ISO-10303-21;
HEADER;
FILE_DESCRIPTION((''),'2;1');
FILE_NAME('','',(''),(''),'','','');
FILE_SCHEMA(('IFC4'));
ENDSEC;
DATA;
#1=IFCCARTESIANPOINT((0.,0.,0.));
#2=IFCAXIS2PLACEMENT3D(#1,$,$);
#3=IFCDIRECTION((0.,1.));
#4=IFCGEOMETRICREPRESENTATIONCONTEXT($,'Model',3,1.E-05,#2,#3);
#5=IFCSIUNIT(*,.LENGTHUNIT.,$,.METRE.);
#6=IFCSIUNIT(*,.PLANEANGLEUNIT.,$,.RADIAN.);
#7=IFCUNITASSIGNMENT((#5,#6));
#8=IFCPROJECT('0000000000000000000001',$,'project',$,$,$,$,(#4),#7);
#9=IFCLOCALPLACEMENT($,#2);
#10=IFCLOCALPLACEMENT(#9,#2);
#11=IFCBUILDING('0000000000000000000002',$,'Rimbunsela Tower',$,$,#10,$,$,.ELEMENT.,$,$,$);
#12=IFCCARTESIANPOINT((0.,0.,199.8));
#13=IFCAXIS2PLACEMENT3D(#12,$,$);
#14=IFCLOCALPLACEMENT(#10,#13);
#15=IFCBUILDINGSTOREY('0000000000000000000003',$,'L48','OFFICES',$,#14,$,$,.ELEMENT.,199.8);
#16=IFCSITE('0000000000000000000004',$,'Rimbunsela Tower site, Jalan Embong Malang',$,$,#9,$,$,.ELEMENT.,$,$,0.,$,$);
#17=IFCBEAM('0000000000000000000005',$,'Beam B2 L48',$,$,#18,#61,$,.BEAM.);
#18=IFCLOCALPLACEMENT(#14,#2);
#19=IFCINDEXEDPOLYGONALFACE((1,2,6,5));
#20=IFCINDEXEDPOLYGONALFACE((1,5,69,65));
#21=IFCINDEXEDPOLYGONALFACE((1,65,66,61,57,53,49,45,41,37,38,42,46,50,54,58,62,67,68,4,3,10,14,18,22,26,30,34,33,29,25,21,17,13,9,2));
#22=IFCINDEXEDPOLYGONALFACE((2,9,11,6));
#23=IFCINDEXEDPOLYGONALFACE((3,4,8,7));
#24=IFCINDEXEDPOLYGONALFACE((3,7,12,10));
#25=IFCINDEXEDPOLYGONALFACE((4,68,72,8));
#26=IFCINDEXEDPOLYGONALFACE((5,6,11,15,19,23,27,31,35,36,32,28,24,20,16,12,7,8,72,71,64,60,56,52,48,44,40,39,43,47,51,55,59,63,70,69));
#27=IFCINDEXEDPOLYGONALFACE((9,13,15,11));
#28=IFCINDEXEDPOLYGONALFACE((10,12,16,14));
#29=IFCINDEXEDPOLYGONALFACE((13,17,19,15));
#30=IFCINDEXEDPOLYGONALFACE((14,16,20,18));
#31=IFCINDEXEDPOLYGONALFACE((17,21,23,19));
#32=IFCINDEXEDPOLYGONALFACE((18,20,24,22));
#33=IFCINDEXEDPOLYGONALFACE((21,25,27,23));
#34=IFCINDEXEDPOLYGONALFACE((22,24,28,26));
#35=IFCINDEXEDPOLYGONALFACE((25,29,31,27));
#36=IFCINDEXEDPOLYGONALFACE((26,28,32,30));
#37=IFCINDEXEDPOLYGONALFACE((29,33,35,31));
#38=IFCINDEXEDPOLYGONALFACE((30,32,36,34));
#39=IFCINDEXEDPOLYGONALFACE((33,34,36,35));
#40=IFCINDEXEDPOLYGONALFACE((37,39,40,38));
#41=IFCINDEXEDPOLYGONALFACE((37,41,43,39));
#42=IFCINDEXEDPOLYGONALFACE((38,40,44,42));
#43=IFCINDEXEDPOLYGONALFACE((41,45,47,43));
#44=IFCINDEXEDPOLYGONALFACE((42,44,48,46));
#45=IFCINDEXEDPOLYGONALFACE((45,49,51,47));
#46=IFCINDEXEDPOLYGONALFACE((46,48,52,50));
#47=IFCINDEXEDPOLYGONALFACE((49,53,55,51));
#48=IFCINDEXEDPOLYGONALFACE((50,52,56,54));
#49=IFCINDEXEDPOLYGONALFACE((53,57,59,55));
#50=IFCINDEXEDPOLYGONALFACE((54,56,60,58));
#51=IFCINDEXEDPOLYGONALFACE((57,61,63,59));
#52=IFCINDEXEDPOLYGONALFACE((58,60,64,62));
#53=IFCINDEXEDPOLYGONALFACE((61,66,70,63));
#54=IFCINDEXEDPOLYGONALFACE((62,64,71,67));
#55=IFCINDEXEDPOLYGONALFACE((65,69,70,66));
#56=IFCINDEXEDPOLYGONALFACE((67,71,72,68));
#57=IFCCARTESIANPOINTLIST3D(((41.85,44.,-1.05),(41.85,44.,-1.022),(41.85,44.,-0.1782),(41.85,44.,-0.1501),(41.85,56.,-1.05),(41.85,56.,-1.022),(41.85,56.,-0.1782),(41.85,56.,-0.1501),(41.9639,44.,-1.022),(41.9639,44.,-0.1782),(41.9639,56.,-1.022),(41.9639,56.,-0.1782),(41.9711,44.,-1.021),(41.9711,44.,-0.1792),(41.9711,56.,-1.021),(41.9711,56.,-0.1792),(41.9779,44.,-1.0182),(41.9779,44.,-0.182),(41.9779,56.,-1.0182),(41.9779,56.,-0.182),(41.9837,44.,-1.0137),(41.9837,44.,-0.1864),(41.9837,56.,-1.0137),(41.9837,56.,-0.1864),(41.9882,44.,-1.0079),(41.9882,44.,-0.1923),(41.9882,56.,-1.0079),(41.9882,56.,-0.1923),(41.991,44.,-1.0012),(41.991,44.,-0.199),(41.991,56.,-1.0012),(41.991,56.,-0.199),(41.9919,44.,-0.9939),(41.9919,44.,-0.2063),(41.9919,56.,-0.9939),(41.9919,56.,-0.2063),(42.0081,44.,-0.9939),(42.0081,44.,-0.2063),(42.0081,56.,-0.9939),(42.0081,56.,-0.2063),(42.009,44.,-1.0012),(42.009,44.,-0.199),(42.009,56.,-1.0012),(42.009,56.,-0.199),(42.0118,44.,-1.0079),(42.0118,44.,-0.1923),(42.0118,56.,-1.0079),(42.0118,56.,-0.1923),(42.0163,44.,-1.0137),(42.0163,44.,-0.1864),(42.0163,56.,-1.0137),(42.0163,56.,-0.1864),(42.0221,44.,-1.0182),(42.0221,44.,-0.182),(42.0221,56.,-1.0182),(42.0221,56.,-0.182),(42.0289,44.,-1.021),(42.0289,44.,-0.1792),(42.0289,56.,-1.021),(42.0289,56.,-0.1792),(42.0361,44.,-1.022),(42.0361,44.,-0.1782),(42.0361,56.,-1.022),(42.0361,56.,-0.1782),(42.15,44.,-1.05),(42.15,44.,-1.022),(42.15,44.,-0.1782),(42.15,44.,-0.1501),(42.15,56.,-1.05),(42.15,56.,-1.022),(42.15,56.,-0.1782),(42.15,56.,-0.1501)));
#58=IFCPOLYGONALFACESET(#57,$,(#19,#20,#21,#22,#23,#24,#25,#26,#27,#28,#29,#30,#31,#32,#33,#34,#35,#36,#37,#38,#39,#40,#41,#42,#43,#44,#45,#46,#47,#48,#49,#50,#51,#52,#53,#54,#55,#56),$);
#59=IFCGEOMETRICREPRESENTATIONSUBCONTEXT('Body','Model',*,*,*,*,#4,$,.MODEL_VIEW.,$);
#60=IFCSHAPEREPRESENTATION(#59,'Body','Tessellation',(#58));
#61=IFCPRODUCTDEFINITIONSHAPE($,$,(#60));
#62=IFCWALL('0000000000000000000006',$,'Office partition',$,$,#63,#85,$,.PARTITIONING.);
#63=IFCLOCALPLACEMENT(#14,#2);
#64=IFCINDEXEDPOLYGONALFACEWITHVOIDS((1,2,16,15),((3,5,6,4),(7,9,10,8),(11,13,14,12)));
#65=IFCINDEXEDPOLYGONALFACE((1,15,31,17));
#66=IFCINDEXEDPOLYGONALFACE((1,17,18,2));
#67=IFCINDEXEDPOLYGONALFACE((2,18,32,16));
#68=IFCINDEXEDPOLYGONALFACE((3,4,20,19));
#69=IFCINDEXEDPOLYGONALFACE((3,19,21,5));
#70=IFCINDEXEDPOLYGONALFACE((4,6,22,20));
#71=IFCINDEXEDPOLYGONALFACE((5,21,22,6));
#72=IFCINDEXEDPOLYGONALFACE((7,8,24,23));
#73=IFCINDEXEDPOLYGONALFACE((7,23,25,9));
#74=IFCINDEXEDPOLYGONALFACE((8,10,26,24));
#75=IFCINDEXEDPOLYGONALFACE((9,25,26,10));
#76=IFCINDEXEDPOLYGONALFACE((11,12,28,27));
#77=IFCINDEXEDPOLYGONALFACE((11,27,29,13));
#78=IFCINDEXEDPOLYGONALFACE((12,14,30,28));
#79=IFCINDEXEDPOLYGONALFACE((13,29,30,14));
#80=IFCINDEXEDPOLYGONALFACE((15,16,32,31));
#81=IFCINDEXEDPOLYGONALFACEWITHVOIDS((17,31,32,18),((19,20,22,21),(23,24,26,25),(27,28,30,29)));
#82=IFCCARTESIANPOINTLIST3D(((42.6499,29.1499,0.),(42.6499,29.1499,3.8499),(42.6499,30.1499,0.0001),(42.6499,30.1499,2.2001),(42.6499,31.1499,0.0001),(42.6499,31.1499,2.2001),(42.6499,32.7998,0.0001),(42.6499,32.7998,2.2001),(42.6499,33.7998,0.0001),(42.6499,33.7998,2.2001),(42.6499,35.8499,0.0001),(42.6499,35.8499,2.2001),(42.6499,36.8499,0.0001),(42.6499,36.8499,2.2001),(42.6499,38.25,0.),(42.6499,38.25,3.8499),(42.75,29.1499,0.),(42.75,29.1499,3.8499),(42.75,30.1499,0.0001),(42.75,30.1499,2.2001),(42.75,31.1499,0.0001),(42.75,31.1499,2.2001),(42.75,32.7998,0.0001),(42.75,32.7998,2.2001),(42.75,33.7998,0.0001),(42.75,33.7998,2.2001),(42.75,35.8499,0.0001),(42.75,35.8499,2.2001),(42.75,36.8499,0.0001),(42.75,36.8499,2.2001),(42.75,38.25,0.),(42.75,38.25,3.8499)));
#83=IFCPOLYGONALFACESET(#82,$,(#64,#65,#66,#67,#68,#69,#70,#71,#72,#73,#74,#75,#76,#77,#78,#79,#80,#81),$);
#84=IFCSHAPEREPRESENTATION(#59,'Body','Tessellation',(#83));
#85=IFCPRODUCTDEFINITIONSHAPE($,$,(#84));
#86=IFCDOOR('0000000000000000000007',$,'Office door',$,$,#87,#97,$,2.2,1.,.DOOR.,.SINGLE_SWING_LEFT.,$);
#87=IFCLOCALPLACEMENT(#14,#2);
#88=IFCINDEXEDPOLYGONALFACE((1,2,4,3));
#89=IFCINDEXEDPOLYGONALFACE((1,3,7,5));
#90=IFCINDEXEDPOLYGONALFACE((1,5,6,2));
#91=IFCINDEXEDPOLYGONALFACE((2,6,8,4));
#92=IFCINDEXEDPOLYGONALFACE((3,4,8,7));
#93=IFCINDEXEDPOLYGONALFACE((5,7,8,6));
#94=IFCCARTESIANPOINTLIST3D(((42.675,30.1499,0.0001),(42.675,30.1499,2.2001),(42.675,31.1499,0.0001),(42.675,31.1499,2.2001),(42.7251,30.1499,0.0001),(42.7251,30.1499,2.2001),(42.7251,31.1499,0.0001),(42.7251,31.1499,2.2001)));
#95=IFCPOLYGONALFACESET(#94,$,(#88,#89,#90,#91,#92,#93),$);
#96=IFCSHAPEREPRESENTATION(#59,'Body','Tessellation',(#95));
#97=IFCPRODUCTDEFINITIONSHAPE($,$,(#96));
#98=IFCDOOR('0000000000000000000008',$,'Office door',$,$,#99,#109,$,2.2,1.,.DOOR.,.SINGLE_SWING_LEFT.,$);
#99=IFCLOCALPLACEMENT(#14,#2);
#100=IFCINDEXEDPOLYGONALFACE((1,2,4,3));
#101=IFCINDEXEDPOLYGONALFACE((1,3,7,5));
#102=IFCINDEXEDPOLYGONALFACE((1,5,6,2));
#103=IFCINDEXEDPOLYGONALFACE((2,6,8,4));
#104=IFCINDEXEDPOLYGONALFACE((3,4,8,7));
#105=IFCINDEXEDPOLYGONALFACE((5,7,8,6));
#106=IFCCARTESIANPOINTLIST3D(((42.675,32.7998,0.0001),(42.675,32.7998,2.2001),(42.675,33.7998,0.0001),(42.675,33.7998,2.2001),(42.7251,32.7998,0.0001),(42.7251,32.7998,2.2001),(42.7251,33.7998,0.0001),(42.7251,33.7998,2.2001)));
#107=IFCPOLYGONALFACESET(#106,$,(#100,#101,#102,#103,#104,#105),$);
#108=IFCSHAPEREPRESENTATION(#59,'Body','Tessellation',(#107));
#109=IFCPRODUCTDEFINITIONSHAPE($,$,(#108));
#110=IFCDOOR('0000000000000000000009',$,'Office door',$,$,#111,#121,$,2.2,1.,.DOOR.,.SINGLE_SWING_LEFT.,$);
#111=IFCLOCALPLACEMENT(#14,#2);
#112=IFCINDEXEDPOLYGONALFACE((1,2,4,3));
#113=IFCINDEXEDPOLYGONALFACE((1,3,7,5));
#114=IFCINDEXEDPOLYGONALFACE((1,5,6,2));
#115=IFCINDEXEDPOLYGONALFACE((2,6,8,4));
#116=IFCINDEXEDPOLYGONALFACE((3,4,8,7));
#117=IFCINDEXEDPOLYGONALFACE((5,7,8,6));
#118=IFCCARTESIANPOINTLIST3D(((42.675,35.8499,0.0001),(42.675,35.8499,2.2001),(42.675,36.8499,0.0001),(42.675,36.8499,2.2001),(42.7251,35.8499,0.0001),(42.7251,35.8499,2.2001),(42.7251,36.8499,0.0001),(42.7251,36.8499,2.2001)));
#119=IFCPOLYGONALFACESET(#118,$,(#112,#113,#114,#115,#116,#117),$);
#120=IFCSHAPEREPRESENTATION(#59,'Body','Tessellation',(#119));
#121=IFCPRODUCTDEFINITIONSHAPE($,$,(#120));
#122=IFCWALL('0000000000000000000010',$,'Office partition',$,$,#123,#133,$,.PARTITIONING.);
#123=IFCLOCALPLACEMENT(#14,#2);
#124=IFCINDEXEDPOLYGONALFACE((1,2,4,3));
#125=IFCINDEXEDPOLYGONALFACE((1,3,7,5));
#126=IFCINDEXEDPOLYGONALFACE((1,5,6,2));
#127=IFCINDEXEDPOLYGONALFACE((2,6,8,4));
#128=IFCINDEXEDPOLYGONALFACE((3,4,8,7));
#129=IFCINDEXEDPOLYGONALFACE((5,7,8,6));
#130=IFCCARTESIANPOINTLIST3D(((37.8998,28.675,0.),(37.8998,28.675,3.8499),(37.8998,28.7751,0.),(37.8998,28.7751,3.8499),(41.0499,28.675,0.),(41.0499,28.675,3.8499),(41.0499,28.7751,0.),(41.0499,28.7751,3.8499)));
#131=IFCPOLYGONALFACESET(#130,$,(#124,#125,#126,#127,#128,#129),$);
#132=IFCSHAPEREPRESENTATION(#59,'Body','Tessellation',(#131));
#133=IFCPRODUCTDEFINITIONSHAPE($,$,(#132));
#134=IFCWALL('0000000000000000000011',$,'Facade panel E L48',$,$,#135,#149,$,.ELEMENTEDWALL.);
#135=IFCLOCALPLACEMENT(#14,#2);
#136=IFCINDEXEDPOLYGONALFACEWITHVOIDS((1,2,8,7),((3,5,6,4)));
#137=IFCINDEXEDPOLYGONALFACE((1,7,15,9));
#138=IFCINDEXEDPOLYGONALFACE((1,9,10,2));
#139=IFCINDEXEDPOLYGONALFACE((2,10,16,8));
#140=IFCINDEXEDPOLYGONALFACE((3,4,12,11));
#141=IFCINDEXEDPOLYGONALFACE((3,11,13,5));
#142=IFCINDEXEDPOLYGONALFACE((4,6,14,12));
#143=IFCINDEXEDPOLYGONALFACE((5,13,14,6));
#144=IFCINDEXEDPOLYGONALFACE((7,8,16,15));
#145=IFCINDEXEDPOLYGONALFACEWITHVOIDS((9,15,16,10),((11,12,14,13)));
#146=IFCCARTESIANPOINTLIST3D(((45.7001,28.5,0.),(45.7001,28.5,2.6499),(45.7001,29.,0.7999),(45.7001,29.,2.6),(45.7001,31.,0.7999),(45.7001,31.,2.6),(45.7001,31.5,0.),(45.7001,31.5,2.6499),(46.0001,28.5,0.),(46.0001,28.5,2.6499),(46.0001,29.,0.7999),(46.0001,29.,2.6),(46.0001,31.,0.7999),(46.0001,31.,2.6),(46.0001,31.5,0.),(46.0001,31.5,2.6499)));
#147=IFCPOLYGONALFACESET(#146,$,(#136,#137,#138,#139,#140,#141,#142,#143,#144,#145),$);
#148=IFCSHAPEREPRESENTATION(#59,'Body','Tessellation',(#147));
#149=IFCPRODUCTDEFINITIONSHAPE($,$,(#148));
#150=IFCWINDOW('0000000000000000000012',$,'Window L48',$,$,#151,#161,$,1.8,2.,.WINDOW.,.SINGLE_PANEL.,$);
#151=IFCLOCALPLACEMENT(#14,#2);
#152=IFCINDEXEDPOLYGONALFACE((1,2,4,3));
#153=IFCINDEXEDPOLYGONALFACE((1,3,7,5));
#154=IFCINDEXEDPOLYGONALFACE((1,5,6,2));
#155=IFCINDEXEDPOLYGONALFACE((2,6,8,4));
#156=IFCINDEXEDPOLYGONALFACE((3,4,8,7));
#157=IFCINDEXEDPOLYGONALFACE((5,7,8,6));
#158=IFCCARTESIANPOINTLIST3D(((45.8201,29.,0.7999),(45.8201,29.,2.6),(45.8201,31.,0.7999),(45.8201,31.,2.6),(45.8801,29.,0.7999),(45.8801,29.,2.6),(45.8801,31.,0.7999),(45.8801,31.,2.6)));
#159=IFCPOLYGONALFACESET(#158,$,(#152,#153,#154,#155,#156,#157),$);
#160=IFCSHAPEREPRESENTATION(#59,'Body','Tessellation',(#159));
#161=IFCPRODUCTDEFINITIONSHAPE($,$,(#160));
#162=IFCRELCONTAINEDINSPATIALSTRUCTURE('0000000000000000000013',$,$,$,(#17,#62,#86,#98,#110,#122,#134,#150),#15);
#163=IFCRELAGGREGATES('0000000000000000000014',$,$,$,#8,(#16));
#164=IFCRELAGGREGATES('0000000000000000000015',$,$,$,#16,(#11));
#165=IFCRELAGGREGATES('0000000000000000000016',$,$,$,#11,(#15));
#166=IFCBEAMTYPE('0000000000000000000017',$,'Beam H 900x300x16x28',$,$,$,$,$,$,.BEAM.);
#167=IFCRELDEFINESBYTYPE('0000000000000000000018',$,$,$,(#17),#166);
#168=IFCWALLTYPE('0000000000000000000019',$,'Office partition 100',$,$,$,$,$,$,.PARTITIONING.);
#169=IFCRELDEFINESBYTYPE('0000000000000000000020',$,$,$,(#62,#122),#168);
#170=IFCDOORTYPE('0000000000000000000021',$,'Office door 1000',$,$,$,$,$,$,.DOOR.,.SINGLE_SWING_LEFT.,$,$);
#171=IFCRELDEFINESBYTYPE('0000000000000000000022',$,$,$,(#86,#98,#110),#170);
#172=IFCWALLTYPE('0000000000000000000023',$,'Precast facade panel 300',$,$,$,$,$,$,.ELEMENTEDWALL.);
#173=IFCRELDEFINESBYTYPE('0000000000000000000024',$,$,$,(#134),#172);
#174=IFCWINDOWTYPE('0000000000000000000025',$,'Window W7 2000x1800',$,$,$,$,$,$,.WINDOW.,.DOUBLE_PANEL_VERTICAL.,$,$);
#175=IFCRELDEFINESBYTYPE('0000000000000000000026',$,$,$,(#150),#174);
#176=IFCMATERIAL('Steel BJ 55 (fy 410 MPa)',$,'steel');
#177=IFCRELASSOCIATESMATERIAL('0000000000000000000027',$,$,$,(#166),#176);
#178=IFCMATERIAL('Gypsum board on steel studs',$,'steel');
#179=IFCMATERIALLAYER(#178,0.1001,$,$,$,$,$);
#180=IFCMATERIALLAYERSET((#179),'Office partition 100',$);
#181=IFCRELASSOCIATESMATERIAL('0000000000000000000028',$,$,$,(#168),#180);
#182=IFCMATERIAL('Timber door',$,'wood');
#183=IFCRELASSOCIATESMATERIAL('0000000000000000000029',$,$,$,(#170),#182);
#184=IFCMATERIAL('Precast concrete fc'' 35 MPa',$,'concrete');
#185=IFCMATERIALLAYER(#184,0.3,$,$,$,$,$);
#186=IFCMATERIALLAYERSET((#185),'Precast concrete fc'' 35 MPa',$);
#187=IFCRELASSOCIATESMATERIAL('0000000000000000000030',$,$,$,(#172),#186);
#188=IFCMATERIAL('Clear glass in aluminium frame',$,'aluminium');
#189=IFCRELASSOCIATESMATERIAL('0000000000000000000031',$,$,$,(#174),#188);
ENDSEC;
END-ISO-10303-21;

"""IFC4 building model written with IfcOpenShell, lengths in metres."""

from ifc_helpers import new_model, si_unit, direction, frame, frame_2d, origin, origin_2d, place, context, subcontext, project, spatial, rectangle, i_section, extrude, material, layer, layer_set, material_profile, profile_set, type_object, element, fill, save


model = new_model("IFC4")

# Units and contexts
model_context = context("Model", 3, precision=1e-05, world=origin(), true_north=direction((0.0, 1.0)))
body_context = subcontext(model_context, "Body", "Model", "MODEL_VIEW")
ifc_project = project(units=[si_unit("LENGTHUNIT", "METRE"), si_unit("PLANEANGLEUNIT", "RADIAN")], contexts=[model_context])

# Site, building, storey
site_placement = place(None, origin())
site = spatial("IfcSite", under=ifc_project, at=site_placement, Name="Rimbunsela Tower site, Jalan Embong Malang", CompositionType="ELEMENT", RefElevation=0.0)
building_placement = place(site_placement, origin())
building = spatial("IfcBuilding", under=site, at=building_placement, Name="Rimbunsela Tower", CompositionType="ELEMENT")
storey_placement = place(building_placement, frame((0.0, 0.0, 199.8)))
storey = spatial("IfcBuildingStorey", under=building, at=storey_placement, Name="L48", Description="OFFICES", CompositionType="ELEMENT", Elevation=199.8)

# Beam
ifc_material_1 = material(Name="Steel BJ 55 (fy 410 MPa)", Category="steel")
ifc_material_profile_1 = material_profile(ifc_material_1, i_section(OverallWidth=0.3, OverallDepth=0.8999, WebThickness=0.0161, FlangeThickness=0.0281, FilletRadius=0.0281, at=origin_2d()), Name="H 900x300x16x28")
ifc_profile_set_1 = profile_set([ifc_material_profile_1], Name="Steel BJ 55 (fy 410 MPa)")
beam_type_1 = type_object("IfcBeamType", Name="Beam H 900x300x16x28", PredefinedType="BEAM", material=ifc_profile_set_1)
beam_1_placement = place(storey_placement, frame((42.0, 44.0, -0.6001), z_axis=(0.0, 1.0, 0.0), x_axis=(-1.0, 0.0, 0.0)))
element("IfcBeam", 1, at=beam_1_placement, inside=storey, type_object=beam_type_1, Name="Beam B2 L48", PredefinedType="BEAM", context=body_context, shape_type="SweptSolid", body=[
    extrude(i_section(OverallWidth=0.3, OverallDepth=0.8999, WebThickness=0.0161, FlangeThickness=0.0281, FilletRadius=0.0281, at=origin_2d()), origin(), (0.0, 0.0, 1.0), 12.0),
])

# Wall, openings, doors
ifc_material_2 = material(Name="Gypsum board on steel studs", Category="steel")
ifc_layer_1 = layer(ifc_material_2, 0.1001)
ifc_layer_set_1 = layer_set([ifc_layer_1], Name="Office partition 100")
wall_type_1 = type_object("IfcWallType", Name="Office partition 100", PredefinedType="PARTITIONING", material=ifc_layer_set_1)
wall_1_placement = place(storey_placement, frame((42.7, 29.1499, 0.0), z_axis=(0.0, 0.0, 1.0), x_axis=(0.0, 1.0, 0.0)))
wall_1 = element("IfcWall", 2, at=wall_1_placement, inside=storey, type_object=wall_type_1, Name="Office partition", PredefinedType="PARTITIONING", context=body_context, shape_type="SweptSolid", body=[
    extrude(rectangle(XDim=9.1001, YDim=0.1001, at=frame_2d((4.55, 0.0))), origin(), (0.0, 0.0, 1.0), 3.8499),
])
opening_1_placement = place(wall_1_placement, frame((1.0, 0.0, 0.0)))
opening_1 = element("IfcOpeningElement", 3, at=opening_1_placement, cuts=wall_1, PredefinedType="OPENING", context=body_context, shape_type="SweptSolid", body=[
    extrude(rectangle(XDim=1.0, YDim=2.2, at=frame_2d((0.5, 1.1001))), frame((0.0, 0.0601, 0.0), z_axis=(0.0, -1.0, 0.0), x_axis=(1.0, 0.0, 0.0)), (0.0, 0.0, 1.0), 0.1201),
])
opening_2_placement = place(wall_1_placement, frame((3.6499, 0.0, 0.0)))
opening_2 = element("IfcOpeningElement", 4, at=opening_2_placement, cuts=wall_1, PredefinedType="OPENING", context=body_context, shape_type="SweptSolid", body=[
    extrude(rectangle(XDim=1.0, YDim=2.2, at=frame_2d((0.5, 1.1001))), frame((0.0, 0.0601, 0.0), z_axis=(0.0, -1.0, 0.0), x_axis=(1.0, 0.0, 0.0)), (0.0, 0.0, 1.0), 0.1201),
])
opening_3_placement = place(wall_1_placement, frame((6.7, 0.0, 0.0)))
opening_3 = element("IfcOpeningElement", 5, at=opening_3_placement, cuts=wall_1, PredefinedType="OPENING", context=body_context, shape_type="SweptSolid", body=[
    extrude(rectangle(XDim=1.0, YDim=2.2, at=frame_2d((0.5, 1.1001))), frame((0.0, 0.0601, 0.0), z_axis=(0.0, -1.0, 0.0), x_axis=(1.0, 0.0, 0.0)), (0.0, 0.0, 1.0), 0.1201),
])
ifc_material_3 = material(Name="Timber door", Category="wood")
door_type = type_object("IfcDoorType", Name="Office door 1000", OperationType="SINGLE_SWING_LEFT", PredefinedType="DOOR", material=ifc_material_3)
door_1_placement = place(opening_1_placement, origin())
door_1 = element("IfcDoor", 6, at=door_1_placement, inside=storey, type_object=door_type, Name="Office door", OperationType="SINGLE_SWING_LEFT", OverallHeight=2.2, OverallWidth=1.0, PredefinedType="DOOR", context=body_context, shape_type="SweptSolid", body=[
    extrude(rectangle(XDim=1.0, YDim=2.2, at=frame_2d((0.5, 1.1001))), frame((0.0, 0.0249, 0.0), z_axis=(0.0, -1.0, 0.0), x_axis=(1.0, 0.0, 0.0)), (0.0, 0.0, 1.0), 0.05),
])
fill(opening_1, door_1)
door_2_placement = place(opening_2_placement, origin())
door_2 = element("IfcDoor", 7, at=door_2_placement, inside=storey, type_object=door_type, Name="Office door", OperationType="SINGLE_SWING_LEFT", OverallHeight=2.2, OverallWidth=1.0, PredefinedType="DOOR", context=body_context, shape_type="SweptSolid", body=[
    extrude(rectangle(XDim=1.0, YDim=2.2, at=frame_2d((0.5, 1.1001))), frame((0.0, 0.0249, 0.0), z_axis=(0.0, -1.0, 0.0), x_axis=(1.0, 0.0, 0.0)), (0.0, 0.0, 1.0), 0.05),
])
fill(opening_2, door_2)
door_3_placement = place(opening_3_placement, origin())
door_3 = element("IfcDoor", 8, at=door_3_placement, inside=storey, type_object=door_type, Name="Office door", OperationType="SINGLE_SWING_LEFT", OverallHeight=2.2, OverallWidth=1.0, PredefinedType="DOOR", context=body_context, shape_type="SweptSolid", body=[
    extrude(rectangle(XDim=1.0, YDim=2.2, at=frame_2d((0.5, 1.1001))), frame((0.0, 0.0249, 0.0), z_axis=(0.0, -1.0, 0.0), x_axis=(1.0, 0.0, 0.0)), (0.0, 0.0, 1.0), 0.05),
])
fill(opening_3, door_3)

# Wall
wall_2_placement = place(storey_placement, frame((41.05, 28.7251, 0.0), z_axis=(0.0, 0.0, 1.0), x_axis=(-1.0, 0.0, 0.0)))
element("IfcWall", 9, at=wall_2_placement, inside=storey, type_object=wall_type_1, Name="Office partition", PredefinedType="PARTITIONING", context=body_context, shape_type="SweptSolid", body=[
    extrude(rectangle(XDim=3.1501, YDim=0.1001, at=frame_2d((1.5752, 0.0))), origin(), (0.0, 0.0, 1.0), 3.8499),
])

# Wall, opening, window
ifc_material_4 = material(Name="Precast concrete fc' 35 MPa", Category="concrete")
ifc_layer_2 = layer(ifc_material_4, 0.3)
ifc_layer_set_2 = layer_set([ifc_layer_2], Name="Precast concrete fc' 35 MPa")
wall_type_2 = type_object("IfcWallType", Name="Precast facade panel 300", PredefinedType="ELEMENTEDWALL", material=ifc_layer_set_2)
wall_3_placement = place(storey_placement, frame((45.8501, 28.5, 0.0), z_axis=(0.0, 0.0, 1.0), x_axis=(0.0, 1.0, 0.0)))
wall_3 = element("IfcWall", 10, at=wall_3_placement, inside=storey, type_object=wall_type_2, Name="Facade panel E L48", PredefinedType="ELEMENTEDWALL", context=body_context, shape_type="SweptSolid", body=[
    extrude(rectangle(XDim=3.0, YDim=0.3, at=frame_2d((1.5, 0.0))), origin(), (0.0, 0.0, 1.0), 2.6499),
])
opening_4_placement = place(wall_3_placement, frame((0.5, 0.0, 0.8)))
opening_4 = element("IfcOpeningElement", 11, at=opening_4_placement, cuts=wall_3, PredefinedType="OPENING", context=body_context, shape_type="SweptSolid", body=[
    extrude(rectangle(XDim=2.0, YDim=1.8, at=frame_2d((1.0, 0.8999))), frame((0.0, 0.1599, 0.0), z_axis=(0.0, -1.0, 0.0), x_axis=(1.0, 0.0, 0.0)), (0.0, 0.0, 1.0), 0.3201),
])
ifc_material_5 = material(Name="Clear glass in aluminium frame", Category="aluminium")
window_type = type_object("IfcWindowType", Name="Window W7 2000x1800", PartitioningType="DOUBLE_PANEL_VERTICAL", PredefinedType="WINDOW", material=ifc_material_5)
window_1_placement = place(opening_4_placement, origin())
window_1 = element("IfcWindow", 12, at=window_1_placement, inside=storey, type_object=window_type, Name="Window L48", OverallHeight=1.8, OverallWidth=2.0, PartitioningType="SINGLE_PANEL", PredefinedType="WINDOW", context=body_context, shape_type="SweptSolid", body=[
    extrude(rectangle(XDim=2.0, YDim=1.8, at=frame_2d((1.0, 0.8999))), frame((0.0, 0.03, 0.0), z_axis=(0.0, -1.0, 0.0), x_axis=(1.0, 0.0, 0.0)), (0.0, 0.0, 1.0), 0.0601),
])
fill(opening_4, window_1)

save(model, "model.ifc")
